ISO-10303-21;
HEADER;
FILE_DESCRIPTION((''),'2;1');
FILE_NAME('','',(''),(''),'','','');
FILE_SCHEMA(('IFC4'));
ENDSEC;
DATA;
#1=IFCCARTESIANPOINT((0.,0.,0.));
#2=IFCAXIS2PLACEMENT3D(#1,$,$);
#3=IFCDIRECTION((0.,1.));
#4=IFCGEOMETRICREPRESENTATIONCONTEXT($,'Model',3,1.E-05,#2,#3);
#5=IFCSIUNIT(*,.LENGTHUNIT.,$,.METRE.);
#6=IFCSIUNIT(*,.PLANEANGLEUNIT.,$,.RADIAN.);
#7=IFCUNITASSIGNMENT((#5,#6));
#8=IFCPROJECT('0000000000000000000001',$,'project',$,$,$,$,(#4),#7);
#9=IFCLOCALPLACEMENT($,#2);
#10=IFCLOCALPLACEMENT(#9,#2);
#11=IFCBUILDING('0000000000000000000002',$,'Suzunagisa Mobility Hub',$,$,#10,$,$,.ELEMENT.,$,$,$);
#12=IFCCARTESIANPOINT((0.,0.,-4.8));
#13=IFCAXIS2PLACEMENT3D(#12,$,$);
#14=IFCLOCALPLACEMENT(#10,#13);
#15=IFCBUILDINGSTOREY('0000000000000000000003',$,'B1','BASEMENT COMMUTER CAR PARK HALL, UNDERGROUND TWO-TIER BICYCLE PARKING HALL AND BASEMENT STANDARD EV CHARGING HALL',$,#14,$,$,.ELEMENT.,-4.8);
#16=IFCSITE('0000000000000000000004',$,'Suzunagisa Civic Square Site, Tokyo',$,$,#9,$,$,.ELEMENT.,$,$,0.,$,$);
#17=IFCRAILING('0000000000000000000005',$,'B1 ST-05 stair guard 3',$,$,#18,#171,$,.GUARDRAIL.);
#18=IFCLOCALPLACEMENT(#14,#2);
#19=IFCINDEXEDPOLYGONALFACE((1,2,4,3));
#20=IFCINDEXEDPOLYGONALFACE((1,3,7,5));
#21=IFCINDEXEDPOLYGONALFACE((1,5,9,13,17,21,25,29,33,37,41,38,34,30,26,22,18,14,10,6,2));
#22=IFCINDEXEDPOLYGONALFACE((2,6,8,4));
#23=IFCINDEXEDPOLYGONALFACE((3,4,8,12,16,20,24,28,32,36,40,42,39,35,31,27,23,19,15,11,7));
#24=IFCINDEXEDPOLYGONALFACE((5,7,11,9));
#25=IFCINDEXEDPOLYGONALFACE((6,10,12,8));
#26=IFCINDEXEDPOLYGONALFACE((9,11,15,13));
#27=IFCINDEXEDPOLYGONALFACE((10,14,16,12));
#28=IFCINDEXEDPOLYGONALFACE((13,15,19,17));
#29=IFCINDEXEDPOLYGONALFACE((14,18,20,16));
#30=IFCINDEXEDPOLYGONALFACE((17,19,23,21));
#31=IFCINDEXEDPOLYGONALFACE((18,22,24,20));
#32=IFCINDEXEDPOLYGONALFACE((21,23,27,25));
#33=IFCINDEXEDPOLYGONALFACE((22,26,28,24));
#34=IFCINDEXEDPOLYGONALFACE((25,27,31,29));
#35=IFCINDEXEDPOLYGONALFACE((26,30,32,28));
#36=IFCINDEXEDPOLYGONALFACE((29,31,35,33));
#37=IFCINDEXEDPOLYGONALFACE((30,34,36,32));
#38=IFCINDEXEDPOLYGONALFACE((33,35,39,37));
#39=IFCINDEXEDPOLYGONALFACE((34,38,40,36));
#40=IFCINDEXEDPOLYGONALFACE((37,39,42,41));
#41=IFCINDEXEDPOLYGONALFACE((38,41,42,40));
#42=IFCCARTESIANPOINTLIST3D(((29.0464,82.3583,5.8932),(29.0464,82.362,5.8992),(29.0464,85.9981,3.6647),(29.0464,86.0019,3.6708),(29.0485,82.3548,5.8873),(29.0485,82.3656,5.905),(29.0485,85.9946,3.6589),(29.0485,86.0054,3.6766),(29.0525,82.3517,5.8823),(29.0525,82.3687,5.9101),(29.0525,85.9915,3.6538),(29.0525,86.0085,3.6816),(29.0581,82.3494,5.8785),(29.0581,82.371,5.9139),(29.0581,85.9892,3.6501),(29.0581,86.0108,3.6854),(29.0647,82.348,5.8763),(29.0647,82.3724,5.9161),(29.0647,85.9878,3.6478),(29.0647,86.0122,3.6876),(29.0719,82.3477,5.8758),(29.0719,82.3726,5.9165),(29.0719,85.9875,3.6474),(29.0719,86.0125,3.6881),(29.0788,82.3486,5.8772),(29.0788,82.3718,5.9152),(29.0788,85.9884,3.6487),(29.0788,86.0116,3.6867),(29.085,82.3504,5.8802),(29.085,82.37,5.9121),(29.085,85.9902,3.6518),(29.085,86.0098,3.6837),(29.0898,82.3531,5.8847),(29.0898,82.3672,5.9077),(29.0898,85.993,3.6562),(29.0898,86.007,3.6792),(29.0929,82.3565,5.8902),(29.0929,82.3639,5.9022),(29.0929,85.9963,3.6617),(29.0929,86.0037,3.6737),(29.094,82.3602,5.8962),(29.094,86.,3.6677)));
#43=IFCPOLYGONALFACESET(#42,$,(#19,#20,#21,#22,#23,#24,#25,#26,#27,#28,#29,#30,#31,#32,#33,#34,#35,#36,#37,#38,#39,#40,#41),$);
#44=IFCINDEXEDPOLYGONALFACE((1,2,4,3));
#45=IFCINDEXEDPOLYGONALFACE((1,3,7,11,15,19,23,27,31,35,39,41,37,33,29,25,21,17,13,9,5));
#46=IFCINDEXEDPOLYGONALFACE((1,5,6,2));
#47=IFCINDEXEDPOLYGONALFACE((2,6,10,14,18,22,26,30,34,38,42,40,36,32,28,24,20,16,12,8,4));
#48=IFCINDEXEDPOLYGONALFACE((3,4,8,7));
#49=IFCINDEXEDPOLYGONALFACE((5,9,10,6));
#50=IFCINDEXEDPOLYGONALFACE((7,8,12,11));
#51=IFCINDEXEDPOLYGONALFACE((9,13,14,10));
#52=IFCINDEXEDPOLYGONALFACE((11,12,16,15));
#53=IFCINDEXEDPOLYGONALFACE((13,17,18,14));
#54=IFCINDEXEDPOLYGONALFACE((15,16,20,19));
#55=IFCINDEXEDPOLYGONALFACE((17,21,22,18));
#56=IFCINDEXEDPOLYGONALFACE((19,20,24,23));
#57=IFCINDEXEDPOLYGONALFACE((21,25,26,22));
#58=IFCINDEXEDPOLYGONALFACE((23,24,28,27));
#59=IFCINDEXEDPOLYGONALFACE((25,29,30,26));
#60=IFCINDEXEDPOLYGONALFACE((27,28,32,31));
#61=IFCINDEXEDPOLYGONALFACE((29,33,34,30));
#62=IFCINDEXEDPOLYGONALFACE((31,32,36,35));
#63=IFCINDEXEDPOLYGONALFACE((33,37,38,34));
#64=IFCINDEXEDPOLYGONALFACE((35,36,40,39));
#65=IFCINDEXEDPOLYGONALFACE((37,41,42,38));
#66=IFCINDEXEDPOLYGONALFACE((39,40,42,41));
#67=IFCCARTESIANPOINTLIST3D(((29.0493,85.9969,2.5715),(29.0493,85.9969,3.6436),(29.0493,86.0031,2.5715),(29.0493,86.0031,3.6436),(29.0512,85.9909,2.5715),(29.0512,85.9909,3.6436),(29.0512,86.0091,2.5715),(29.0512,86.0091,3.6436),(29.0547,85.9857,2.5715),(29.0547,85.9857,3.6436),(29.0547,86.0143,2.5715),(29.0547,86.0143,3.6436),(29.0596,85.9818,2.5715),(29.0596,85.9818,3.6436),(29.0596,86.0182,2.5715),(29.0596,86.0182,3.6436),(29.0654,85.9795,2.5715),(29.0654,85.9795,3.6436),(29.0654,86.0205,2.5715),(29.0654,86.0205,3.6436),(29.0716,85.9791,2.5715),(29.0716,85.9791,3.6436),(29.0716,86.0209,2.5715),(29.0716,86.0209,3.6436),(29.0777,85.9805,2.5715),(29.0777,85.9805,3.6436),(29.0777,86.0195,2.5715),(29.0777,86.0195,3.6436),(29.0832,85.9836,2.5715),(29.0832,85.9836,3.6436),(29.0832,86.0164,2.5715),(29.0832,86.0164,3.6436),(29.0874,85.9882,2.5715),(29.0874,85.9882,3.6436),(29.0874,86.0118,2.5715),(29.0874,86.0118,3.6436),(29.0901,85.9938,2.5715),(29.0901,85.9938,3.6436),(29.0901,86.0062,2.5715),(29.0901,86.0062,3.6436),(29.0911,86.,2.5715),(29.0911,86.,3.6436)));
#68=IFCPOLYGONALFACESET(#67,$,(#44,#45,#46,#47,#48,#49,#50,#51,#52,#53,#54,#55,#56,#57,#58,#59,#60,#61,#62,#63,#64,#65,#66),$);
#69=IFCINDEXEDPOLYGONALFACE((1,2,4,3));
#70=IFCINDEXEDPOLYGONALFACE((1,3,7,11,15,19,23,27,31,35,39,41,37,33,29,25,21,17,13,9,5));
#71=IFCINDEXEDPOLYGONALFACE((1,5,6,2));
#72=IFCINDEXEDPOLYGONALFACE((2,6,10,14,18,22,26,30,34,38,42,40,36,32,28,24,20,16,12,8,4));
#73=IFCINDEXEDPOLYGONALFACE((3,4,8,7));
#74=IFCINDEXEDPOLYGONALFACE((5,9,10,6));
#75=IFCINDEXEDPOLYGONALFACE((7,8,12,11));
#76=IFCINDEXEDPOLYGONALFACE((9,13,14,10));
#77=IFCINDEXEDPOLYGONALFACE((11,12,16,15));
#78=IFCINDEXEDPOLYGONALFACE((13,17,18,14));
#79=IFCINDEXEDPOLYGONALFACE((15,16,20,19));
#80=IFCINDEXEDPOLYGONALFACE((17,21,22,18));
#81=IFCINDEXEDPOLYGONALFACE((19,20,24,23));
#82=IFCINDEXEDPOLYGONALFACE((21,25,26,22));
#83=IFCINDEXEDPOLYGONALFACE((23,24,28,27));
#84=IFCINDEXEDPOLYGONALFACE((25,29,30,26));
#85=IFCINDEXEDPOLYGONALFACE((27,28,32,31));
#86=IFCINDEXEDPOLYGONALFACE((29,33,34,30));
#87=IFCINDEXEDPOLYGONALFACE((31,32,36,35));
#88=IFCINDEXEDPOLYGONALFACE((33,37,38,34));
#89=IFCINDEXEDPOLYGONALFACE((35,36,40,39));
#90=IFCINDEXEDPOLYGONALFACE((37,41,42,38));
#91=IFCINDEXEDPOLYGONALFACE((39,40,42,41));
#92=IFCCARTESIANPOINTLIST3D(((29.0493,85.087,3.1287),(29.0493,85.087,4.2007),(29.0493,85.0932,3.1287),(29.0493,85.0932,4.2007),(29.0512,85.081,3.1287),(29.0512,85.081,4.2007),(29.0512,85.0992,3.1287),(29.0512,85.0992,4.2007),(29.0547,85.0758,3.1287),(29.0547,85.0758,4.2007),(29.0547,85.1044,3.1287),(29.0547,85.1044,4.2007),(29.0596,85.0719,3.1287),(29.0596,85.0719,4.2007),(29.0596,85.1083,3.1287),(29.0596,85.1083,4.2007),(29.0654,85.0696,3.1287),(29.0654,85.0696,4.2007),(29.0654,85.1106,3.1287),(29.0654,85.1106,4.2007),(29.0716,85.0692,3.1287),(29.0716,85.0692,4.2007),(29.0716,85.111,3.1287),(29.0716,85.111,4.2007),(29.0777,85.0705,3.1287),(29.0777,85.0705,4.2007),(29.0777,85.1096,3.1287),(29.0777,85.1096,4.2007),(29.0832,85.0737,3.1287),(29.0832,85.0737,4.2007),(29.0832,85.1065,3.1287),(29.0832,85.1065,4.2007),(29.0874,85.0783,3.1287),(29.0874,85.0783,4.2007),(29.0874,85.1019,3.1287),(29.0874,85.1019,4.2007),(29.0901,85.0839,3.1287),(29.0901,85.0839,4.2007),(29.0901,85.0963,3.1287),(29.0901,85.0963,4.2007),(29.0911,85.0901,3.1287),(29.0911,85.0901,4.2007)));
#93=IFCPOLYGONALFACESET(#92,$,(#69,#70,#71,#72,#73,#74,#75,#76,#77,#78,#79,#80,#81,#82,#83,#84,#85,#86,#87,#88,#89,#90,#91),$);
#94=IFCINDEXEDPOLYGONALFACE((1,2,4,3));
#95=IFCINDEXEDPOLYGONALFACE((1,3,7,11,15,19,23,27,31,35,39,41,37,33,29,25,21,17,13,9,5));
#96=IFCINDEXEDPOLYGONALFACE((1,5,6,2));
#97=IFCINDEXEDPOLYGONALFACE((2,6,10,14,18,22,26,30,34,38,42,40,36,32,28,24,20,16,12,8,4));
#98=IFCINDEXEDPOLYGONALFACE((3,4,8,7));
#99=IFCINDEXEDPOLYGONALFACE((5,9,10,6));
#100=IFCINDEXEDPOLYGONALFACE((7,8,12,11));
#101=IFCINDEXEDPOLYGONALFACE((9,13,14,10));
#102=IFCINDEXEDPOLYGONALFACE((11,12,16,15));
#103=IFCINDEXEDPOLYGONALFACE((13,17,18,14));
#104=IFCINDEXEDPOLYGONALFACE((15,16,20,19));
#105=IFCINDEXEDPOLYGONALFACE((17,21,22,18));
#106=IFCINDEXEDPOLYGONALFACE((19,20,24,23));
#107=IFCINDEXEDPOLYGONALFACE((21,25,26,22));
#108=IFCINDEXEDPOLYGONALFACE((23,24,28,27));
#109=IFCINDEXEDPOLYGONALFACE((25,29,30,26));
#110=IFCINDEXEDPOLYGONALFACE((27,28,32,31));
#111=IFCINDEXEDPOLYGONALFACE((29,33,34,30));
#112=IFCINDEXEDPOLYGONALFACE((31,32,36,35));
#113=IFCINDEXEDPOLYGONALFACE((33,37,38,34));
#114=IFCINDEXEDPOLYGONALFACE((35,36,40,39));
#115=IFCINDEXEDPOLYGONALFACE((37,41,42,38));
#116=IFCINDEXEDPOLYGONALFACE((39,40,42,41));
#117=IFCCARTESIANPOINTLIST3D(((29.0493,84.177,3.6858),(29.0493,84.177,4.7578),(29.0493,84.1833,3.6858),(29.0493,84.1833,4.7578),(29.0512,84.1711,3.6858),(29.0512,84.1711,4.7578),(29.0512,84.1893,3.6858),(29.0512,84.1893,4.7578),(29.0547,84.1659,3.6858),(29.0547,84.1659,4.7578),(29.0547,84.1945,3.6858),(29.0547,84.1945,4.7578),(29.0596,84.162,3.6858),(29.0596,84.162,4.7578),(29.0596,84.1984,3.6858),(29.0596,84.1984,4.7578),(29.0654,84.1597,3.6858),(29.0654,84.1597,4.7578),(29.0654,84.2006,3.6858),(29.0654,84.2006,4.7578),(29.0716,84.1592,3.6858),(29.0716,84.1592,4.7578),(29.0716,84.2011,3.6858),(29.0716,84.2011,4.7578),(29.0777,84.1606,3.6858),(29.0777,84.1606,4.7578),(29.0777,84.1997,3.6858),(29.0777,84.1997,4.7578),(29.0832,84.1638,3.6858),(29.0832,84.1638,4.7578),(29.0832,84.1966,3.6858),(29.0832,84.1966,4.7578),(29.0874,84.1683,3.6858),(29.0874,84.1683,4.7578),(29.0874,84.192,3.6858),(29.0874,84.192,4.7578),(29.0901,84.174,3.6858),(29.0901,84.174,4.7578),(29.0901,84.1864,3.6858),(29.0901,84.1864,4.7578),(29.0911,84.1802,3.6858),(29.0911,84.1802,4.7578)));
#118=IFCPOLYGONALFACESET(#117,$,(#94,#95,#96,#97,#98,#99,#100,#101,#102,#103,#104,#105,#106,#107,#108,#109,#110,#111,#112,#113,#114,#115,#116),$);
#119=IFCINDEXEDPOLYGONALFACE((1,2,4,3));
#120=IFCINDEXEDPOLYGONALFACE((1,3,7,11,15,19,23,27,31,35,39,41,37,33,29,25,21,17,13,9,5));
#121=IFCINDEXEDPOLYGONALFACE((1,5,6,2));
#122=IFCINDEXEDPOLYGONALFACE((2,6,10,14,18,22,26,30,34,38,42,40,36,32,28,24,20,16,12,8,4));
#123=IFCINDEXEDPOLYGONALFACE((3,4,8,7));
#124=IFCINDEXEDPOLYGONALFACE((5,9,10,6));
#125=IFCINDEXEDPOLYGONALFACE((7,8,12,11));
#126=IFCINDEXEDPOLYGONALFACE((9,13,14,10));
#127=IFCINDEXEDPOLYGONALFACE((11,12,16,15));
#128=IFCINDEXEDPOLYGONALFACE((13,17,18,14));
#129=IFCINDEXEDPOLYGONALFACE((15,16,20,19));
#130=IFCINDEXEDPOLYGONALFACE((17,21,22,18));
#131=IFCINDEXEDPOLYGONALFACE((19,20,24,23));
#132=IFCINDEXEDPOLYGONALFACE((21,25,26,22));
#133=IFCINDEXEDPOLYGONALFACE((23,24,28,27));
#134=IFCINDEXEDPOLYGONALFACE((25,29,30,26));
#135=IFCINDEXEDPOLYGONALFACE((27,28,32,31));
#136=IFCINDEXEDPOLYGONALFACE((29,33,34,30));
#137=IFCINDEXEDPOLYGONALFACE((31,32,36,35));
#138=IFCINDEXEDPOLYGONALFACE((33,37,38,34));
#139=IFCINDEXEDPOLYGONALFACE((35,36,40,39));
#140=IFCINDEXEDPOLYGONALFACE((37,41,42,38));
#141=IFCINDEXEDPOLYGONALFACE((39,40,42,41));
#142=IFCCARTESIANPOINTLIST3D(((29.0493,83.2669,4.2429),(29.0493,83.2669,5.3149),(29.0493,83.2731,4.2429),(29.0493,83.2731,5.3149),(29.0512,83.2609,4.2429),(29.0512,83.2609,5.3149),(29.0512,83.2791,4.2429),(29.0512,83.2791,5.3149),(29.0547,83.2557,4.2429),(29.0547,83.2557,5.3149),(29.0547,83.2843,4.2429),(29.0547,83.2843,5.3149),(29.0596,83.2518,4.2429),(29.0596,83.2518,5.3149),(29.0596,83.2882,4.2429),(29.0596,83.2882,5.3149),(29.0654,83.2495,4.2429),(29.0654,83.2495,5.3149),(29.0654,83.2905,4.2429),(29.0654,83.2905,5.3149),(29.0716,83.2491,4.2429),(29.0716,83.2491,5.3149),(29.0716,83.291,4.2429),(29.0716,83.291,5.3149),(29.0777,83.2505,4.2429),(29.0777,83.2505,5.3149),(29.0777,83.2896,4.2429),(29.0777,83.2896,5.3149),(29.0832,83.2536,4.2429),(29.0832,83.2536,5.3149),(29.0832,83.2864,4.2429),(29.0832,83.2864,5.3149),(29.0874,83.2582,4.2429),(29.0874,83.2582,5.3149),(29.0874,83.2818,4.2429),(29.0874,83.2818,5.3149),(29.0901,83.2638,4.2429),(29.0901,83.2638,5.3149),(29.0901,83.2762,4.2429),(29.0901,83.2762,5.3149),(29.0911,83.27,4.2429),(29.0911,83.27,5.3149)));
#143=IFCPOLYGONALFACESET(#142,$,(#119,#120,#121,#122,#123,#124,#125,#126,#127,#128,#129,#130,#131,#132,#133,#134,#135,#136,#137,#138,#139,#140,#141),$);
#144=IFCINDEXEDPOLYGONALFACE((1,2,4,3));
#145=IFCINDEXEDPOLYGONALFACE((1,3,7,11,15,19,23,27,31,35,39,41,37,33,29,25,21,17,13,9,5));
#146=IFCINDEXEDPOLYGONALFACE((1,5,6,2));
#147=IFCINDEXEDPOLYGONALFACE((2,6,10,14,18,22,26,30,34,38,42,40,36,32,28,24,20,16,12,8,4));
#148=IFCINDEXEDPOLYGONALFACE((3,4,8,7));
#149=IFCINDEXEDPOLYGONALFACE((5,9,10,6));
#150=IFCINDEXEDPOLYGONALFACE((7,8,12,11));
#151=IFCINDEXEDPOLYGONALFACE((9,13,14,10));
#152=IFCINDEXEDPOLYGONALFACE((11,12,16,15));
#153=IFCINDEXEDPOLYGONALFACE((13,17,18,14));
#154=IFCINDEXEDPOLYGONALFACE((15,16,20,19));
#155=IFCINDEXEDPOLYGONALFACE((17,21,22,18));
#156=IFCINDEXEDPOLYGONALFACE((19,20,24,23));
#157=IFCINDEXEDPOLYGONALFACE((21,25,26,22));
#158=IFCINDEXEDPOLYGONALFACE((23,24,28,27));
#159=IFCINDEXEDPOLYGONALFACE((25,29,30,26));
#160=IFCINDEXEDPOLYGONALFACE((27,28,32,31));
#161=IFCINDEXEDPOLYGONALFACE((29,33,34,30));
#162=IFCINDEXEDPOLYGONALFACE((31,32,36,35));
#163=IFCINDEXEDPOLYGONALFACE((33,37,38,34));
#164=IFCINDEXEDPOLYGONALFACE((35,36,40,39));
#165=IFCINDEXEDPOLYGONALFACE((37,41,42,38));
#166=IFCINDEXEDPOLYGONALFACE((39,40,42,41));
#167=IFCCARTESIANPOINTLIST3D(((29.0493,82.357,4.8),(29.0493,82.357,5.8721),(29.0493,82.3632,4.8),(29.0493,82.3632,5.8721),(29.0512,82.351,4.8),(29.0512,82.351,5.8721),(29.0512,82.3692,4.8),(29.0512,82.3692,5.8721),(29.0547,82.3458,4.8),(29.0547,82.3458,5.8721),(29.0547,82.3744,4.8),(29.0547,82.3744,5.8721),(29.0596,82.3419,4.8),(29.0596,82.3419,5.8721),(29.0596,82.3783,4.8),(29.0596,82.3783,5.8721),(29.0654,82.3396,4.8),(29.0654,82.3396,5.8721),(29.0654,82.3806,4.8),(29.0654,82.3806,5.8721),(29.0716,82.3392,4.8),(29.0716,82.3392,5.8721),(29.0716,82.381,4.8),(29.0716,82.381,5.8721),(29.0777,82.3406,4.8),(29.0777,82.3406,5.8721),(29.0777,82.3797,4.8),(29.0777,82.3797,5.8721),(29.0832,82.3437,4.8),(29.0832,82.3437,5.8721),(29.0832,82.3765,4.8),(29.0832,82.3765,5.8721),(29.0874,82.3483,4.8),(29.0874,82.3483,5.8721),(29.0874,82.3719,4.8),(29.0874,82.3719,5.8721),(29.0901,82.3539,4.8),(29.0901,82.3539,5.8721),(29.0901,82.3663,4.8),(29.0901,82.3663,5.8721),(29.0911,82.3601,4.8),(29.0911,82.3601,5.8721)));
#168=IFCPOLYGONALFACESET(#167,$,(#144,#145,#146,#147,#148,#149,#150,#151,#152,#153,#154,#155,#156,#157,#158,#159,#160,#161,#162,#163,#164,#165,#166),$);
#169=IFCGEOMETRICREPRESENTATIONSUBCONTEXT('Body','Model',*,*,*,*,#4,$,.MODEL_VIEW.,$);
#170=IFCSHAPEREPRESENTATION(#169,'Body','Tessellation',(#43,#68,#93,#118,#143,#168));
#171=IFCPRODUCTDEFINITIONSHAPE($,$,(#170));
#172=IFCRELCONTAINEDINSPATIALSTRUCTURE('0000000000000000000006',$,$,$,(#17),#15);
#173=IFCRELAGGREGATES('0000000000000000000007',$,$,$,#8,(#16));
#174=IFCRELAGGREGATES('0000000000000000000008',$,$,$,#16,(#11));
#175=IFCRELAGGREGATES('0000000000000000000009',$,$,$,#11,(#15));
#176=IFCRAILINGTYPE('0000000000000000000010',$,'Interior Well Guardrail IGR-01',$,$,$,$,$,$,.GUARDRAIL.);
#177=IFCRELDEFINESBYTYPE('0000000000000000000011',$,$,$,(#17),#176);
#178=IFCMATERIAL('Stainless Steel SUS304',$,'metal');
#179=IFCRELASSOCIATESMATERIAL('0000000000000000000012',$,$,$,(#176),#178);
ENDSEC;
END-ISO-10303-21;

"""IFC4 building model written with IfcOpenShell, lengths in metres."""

from ifc_helpers import new_model, si_unit, direction, frame, origin, origin_2d, place, context, subcontext, project, spatial, circle, extrude, material, type_object, element, save


model = new_model("IFC4")

# Units and contexts
model_context = context("Model", 3, precision=1e-05, world=origin(), true_north=direction((0.0, 1.0)))
body_context = subcontext(model_context, "Body", "Model", "MODEL_VIEW")
ifc_project = project(units=[si_unit("LENGTHUNIT", "METRE"), si_unit("PLANEANGLEUNIT", "RADIAN")], contexts=[model_context])

# Site, building, storey
site_placement = place(None, origin())
site = spatial("IfcSite", under=ifc_project, at=site_placement, Name="Suzunagisa Civic Square Site, Tokyo", CompositionType="ELEMENT", RefElevation=0.0)
building_placement = place(site_placement, origin())
building = spatial("IfcBuilding", under=site, at=building_placement, Name="Suzunagisa Mobility Hub", CompositionType="ELEMENT")
storey_placement = place(building_placement, frame((0.0, 0.0, -4.8)))
storey = spatial("IfcBuildingStorey", under=building, at=storey_placement, Name="B1", Description="BASEMENT COMMUTER CAR PARK HALL, UNDERGROUND TWO-TIER BICYCLE PARKING HALL AND BASEMENT STANDARD EV CHARGING HALL", CompositionType="ELEMENT", Elevation=-4.8)

# Railing
ifc_material_1 = material(Name="Stainless Steel SUS304", Category="metal")
railing_type_1 = type_object("IfcRailingType", Name="Interior Well Guardrail IGR-01", PredefinedType="GUARDRAIL", material=ifc_material_1)
railing_1_placement = place(storey_placement, frame((29.0701, 86.0, 2.5715)))
element("IfcRailing", 1, at=railing_1_placement, inside=storey, type_object=railing_type_1, Name="B1 ST-05 stair guard 3", PredefinedType="GUARDRAIL", context=body_context, shape_type="SweptSolid", body=[
    extrude(circle(Radius=0.0239, at=origin_2d()), frame((0.0, 0.0, 1.0962), z_axis=(0.0, -0.85285, 0.522156), x_axis=(1.0, 0.0, 0.0)), (0.0, 0.0, 1.0), 4.2678),
    extrude(circle(Radius=0.021, at=origin_2d()), origin(), (0.0, 0.0, 1.0), 1.072),
    extrude(circle(Radius=0.021, at=origin_2d()), frame((0.0, -0.9099, 0.5571)), (0.0, 0.0, 1.0), 1.072),
    extrude(circle(Radius=0.021, at=origin_2d()), frame((0.0, -1.8198, 1.1143)), (0.0, 0.0, 1.0), 1.072),
    extrude(circle(Radius=0.021, at=origin_2d()), frame((0.0, -2.73, 1.6714)), (0.0, 0.0, 1.0), 1.072),
    extrude(circle(Radius=0.021, at=origin_2d()), frame((0.0, -3.6399, 2.2285)), (0.0, 0.0, 1.0), 1.072),
])

save(model, "model.ifc")
